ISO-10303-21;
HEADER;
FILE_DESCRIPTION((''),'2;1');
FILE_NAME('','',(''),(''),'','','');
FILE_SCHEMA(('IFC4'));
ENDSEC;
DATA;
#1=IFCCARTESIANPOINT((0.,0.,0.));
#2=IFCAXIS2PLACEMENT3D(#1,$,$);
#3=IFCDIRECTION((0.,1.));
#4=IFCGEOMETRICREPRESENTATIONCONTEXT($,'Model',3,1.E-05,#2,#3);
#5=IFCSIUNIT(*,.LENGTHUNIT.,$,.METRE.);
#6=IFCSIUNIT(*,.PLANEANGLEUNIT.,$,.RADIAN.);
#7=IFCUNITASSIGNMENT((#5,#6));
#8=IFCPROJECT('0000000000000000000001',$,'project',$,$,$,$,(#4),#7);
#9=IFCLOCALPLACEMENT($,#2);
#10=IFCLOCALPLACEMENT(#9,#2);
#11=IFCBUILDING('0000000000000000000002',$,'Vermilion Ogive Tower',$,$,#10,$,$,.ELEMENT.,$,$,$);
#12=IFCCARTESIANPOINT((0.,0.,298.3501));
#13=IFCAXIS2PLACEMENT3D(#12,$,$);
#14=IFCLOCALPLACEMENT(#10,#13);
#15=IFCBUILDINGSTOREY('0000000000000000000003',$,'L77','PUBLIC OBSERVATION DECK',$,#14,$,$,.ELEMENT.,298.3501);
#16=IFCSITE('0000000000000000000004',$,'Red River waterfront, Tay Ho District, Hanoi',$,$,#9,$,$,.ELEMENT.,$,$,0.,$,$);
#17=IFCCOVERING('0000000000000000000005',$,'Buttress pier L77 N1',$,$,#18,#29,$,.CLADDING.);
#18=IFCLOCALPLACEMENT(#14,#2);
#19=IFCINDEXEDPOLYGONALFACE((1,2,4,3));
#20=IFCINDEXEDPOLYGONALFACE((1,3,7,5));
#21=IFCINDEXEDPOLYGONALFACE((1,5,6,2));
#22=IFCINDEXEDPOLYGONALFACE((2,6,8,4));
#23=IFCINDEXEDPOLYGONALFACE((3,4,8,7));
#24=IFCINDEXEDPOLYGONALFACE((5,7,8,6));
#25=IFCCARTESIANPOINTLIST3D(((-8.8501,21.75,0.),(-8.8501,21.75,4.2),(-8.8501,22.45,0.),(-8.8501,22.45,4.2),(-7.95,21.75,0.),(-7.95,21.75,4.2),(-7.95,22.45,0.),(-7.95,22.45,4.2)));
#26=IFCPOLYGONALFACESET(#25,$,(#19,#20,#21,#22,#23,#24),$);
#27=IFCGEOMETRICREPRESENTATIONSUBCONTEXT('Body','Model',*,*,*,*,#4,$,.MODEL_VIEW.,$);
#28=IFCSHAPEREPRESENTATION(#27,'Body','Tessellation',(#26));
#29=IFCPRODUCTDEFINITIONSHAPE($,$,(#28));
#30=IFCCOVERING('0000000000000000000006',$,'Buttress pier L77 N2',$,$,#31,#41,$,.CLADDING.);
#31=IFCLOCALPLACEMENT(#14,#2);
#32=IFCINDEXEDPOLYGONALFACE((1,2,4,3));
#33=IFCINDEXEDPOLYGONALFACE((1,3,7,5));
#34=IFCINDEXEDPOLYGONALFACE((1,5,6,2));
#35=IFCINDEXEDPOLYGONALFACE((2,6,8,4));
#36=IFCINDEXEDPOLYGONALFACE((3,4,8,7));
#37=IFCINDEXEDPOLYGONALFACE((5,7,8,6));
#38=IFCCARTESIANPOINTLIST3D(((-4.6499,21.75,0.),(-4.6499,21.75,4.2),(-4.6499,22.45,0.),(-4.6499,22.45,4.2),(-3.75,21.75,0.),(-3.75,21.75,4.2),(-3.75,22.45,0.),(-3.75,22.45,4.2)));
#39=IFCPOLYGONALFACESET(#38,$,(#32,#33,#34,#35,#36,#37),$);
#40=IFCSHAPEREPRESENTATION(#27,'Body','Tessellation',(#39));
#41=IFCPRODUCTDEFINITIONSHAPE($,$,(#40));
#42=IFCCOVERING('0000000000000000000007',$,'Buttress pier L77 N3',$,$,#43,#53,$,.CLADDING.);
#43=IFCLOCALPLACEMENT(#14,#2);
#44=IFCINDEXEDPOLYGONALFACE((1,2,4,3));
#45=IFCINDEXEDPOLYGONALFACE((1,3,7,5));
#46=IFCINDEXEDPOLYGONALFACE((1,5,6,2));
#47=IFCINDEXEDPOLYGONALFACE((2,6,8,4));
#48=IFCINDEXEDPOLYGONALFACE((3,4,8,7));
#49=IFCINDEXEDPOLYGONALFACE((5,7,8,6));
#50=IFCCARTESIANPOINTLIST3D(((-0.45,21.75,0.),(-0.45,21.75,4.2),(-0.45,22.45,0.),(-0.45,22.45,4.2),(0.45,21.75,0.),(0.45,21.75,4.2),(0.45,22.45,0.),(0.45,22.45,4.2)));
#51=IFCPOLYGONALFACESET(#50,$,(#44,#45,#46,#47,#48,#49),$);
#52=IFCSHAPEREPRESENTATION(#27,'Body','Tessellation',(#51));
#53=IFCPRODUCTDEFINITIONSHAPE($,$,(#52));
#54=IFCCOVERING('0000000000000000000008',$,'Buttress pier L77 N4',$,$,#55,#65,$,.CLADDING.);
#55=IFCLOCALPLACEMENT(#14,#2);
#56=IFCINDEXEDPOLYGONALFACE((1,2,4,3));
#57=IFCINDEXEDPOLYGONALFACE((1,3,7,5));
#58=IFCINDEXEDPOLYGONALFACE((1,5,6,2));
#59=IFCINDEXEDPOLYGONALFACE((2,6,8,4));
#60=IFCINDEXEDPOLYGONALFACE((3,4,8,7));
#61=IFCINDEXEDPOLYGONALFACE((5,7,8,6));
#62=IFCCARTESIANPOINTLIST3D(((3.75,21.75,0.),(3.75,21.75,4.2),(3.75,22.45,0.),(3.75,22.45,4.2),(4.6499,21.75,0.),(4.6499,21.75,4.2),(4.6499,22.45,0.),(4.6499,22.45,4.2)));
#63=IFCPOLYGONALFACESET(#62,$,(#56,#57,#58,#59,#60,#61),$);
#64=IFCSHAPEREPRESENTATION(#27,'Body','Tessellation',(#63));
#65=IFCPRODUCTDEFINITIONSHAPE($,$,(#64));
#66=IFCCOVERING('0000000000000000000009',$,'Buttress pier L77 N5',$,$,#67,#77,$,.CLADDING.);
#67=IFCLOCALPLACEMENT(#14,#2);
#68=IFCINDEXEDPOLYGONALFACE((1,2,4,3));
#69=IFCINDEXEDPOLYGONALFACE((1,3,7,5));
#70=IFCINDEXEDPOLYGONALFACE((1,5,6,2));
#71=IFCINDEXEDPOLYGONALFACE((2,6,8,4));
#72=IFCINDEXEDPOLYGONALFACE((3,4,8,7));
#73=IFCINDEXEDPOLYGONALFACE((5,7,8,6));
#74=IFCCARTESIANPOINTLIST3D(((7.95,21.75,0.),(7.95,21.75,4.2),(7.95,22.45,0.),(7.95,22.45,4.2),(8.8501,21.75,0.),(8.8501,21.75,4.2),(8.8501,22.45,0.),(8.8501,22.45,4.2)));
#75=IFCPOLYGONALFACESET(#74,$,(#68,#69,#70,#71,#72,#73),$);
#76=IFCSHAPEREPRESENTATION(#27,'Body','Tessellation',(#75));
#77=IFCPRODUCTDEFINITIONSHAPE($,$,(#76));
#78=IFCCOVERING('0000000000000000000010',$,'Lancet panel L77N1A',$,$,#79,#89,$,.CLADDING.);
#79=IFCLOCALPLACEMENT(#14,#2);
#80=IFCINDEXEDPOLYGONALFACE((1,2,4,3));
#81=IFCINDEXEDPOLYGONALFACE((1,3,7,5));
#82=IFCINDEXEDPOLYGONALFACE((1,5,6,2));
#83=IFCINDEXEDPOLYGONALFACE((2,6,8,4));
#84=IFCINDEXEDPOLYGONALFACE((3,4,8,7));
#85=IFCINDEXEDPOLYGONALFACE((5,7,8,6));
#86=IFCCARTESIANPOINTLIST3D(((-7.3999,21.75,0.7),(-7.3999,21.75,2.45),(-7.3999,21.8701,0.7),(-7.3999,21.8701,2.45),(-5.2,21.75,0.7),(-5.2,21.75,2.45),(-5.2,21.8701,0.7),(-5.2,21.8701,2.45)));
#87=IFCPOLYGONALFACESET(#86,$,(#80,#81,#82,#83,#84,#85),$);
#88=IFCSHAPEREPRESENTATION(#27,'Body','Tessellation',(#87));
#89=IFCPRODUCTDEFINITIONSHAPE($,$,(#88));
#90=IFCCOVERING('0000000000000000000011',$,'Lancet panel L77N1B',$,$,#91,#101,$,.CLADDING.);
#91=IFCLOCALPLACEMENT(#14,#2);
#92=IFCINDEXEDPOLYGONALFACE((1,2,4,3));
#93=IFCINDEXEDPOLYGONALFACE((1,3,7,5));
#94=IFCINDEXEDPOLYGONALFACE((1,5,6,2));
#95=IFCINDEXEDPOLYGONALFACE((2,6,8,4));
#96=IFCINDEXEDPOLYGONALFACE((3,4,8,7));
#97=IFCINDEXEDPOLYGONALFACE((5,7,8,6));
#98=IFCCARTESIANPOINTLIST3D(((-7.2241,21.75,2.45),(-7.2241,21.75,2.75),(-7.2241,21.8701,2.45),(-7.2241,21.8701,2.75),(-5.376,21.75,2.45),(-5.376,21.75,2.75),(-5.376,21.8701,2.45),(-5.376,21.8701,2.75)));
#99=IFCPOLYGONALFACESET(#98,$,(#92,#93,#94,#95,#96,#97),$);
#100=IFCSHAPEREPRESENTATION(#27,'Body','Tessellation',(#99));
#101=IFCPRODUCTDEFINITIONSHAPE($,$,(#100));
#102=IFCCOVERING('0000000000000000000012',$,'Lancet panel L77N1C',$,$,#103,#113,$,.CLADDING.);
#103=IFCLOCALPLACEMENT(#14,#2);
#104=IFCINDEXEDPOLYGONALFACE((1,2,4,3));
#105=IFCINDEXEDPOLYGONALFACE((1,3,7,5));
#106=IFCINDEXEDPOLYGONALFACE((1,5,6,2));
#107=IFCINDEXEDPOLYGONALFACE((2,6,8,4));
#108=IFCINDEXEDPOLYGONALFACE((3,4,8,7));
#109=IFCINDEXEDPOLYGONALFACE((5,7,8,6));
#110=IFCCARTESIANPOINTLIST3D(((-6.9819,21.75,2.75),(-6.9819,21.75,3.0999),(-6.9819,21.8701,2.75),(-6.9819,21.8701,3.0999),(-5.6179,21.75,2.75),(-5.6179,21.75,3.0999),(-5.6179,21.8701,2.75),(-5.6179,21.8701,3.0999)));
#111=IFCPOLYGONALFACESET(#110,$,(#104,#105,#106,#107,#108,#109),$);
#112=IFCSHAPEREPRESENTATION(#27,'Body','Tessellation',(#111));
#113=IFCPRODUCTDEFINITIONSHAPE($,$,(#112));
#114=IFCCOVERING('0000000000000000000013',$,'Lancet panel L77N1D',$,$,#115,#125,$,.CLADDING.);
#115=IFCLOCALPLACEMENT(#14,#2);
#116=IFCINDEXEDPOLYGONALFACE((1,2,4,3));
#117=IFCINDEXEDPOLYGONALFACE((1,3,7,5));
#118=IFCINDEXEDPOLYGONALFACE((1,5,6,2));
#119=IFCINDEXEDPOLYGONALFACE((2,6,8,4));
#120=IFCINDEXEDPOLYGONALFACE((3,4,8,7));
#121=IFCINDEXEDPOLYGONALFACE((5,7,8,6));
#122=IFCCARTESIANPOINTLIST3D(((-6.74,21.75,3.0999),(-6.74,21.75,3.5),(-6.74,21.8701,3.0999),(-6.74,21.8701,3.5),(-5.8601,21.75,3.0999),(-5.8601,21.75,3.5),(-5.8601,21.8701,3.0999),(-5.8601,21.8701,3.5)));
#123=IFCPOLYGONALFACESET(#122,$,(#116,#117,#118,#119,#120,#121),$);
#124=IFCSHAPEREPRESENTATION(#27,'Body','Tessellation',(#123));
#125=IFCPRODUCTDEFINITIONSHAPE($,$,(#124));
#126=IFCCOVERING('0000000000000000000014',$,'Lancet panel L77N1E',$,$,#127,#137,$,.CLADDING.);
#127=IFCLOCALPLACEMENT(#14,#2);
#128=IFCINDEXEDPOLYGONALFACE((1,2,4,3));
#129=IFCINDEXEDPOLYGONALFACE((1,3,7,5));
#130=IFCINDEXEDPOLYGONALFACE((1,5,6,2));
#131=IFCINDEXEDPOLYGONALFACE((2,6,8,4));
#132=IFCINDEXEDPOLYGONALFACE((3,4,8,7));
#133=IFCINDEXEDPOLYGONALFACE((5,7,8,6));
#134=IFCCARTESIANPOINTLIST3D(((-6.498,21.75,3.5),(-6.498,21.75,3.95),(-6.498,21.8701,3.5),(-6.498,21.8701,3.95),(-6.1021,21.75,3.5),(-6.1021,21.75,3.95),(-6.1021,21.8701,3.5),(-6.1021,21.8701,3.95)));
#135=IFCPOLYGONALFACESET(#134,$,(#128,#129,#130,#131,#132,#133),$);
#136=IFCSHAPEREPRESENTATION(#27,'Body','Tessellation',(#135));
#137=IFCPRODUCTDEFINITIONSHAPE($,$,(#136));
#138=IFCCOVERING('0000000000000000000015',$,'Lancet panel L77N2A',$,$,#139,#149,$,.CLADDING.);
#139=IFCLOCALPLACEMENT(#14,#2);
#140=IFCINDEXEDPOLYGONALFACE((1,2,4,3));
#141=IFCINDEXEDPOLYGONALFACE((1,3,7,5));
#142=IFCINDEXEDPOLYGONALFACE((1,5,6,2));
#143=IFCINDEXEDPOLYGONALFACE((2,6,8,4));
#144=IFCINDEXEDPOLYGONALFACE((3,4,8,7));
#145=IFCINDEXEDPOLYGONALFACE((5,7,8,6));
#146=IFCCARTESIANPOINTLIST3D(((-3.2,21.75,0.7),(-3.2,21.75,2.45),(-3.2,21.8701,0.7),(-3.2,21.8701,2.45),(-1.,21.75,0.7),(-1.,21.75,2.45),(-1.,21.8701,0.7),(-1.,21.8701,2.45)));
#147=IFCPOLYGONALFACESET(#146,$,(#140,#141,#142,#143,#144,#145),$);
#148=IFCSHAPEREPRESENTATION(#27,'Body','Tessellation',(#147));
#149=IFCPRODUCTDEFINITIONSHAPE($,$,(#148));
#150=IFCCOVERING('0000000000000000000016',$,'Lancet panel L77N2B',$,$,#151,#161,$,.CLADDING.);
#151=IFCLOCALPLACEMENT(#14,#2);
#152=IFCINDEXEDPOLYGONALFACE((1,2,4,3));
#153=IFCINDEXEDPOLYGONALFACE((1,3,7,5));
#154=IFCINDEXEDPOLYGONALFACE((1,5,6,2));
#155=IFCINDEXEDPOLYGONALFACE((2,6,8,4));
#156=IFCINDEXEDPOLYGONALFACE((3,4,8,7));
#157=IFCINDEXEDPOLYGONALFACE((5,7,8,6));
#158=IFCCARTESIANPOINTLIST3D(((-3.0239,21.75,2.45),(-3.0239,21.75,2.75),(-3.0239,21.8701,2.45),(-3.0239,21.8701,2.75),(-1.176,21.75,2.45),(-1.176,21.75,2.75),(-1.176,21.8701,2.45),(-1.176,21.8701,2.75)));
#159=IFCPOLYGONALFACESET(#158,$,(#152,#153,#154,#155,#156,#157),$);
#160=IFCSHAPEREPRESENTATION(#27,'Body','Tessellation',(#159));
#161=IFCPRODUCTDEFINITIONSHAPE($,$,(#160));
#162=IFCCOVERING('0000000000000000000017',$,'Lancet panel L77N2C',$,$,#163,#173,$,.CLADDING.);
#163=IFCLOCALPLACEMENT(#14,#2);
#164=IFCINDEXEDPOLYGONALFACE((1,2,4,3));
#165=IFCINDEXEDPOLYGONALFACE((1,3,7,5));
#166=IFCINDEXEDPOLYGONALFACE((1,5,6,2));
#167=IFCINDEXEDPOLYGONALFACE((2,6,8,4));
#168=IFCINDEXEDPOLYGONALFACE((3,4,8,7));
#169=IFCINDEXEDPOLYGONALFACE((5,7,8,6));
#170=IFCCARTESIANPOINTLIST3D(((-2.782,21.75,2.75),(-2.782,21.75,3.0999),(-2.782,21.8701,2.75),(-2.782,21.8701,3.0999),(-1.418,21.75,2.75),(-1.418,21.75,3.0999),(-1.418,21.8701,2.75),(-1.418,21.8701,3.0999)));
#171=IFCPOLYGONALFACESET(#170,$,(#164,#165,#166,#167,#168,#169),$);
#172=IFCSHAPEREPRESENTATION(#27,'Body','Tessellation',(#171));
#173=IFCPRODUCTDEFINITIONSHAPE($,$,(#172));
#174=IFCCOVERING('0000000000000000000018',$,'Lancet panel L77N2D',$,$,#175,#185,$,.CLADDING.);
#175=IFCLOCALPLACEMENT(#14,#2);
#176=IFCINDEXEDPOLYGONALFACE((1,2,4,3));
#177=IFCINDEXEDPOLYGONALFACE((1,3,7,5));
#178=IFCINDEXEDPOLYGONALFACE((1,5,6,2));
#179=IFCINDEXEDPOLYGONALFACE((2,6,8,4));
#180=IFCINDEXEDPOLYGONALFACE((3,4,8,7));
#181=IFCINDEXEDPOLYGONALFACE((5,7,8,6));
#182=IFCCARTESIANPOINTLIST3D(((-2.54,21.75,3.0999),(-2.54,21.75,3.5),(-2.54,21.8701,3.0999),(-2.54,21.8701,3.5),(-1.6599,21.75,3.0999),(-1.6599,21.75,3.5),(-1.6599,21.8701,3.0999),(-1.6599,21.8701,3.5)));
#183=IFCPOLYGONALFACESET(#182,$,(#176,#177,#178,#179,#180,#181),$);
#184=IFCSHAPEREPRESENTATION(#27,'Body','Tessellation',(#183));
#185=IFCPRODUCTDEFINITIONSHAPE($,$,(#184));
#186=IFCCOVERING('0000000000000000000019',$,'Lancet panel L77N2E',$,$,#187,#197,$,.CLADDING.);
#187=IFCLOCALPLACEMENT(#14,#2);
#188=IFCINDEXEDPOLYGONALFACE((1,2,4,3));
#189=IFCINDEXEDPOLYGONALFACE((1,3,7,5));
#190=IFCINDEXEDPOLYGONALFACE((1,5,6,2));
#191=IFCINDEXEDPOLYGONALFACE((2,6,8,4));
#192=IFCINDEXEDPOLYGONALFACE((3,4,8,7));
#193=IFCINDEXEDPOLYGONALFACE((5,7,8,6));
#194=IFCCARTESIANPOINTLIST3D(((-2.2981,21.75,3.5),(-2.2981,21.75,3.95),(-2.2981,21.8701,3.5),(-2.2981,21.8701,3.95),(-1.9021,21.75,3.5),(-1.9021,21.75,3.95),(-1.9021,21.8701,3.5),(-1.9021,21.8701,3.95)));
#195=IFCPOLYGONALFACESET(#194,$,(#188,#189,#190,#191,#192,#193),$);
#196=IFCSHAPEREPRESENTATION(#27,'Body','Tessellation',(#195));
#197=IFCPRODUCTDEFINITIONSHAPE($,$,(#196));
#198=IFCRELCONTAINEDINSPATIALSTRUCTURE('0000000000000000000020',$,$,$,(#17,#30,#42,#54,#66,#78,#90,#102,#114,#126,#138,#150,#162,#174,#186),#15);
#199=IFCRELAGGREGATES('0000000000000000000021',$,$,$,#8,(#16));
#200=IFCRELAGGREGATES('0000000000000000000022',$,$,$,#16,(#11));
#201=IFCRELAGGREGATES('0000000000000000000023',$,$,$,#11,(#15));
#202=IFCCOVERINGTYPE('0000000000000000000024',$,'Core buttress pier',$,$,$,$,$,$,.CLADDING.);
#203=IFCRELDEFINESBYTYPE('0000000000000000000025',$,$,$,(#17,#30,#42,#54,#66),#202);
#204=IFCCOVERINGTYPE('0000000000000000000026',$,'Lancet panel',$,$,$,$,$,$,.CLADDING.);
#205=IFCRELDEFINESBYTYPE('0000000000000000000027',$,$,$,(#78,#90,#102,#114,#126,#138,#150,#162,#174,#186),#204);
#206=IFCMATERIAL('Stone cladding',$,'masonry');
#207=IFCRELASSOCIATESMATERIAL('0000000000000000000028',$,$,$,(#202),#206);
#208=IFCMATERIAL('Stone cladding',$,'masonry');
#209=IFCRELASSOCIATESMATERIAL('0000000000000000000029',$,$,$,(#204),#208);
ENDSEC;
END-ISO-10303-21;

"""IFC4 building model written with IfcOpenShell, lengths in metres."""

from ifc_helpers import new_model, si_unit, direction, frame, origin, place, context, subcontext, project, spatial, polyline, outline, extrude, material, type_object, element, save


model = new_model("IFC4")

# Units and contexts
model_context = context("Model", 3, precision=1e-05, world=origin(), true_north=direction((0.0, 1.0)))
body_context = subcontext(model_context, "Body", "Model", "MODEL_VIEW")
ifc_project = project(units=[si_unit("LENGTHUNIT", "METRE"), si_unit("PLANEANGLEUNIT", "RADIAN")], contexts=[model_context])

# Site, building, storey
site_placement = place(None, origin())
site = spatial("IfcSite", under=ifc_project, at=site_placement, Name="Red River waterfront, Tay Ho District, Hanoi", CompositionType="ELEMENT", RefElevation=0.0)
building_placement = place(site_placement, origin())
building = spatial("IfcBuilding", under=site, at=building_placement, Name="Vermilion Ogive Tower", CompositionType="ELEMENT")
storey_placement = place(building_placement, frame((0.0, 0.0, 298.3501)))
storey = spatial("IfcBuildingStorey", under=building, at=storey_placement, Name="L77", Description="PUBLIC OBSERVATION DECK", CompositionType="ELEMENT", Elevation=298.3501)

# Coverings
ifc_material_1 = material(Name="Stone cladding", Category="masonry")
covering_type_1 = type_object("IfcCoveringType", Name="Core buttress pier", PredefinedType="CLADDING", material=ifc_material_1)
covering_1_placement = place(storey_placement, origin())
element("IfcCovering", 1, at=covering_1_placement, inside=storey, type_object=covering_type_1, Name="Buttress pier L77 N1", PredefinedType="CLADDING", context=body_context, shape_type="SweptSolid", body=[
    extrude(outline(polyline([(-8.8501, 21.75), (-7.95, 21.75), (-7.95, 22.45), (-8.8501, 22.45), (-8.8501, 21.75)])), origin(), (0.0, 0.0, 1.0), 4.2),
])
covering_2_placement = place(storey_placement, origin())
element("IfcCovering", 2, at=covering_2_placement, inside=storey, type_object=covering_type_1, Name="Buttress pier L77 N2", PredefinedType="CLADDING", context=body_context, shape_type="SweptSolid", body=[
    extrude(outline(polyline([(-4.6499, 21.75), (-3.75, 21.75), (-3.75, 22.45), (-4.6499, 22.45), (-4.6499, 21.75)])), origin(), (0.0, 0.0, 1.0), 4.2),
])
covering_3_placement = place(storey_placement, origin())
element("IfcCovering", 3, at=covering_3_placement, inside=storey, type_object=covering_type_1, Name="Buttress pier L77 N3", PredefinedType="CLADDING", context=body_context, shape_type="SweptSolid", body=[
    extrude(outline(polyline([(-0.45, 21.75), (0.45, 21.75), (0.45, 22.45), (-0.45, 22.45), (-0.45, 21.75)])), origin(), (0.0, 0.0, 1.0), 4.2),
])
covering_4_placement = place(storey_placement, origin())
element("IfcCovering", 4, at=covering_4_placement, inside=storey, type_object=covering_type_1, Name="Buttress pier L77 N4", PredefinedType="CLADDING", context=body_context, shape_type="SweptSolid", body=[
    extrude(outline(polyline([(3.75, 21.75), (4.6499, 21.75), (4.6499, 22.45), (3.75, 22.45), (3.75, 21.75)])), origin(), (0.0, 0.0, 1.0), 4.2),
])
covering_5_placement = place(storey_placement, origin())
element("IfcCovering", 5, at=covering_5_placement, inside=storey, type_object=covering_type_1, Name="Buttress pier L77 N5", PredefinedType="CLADDING", context=body_context, shape_type="SweptSolid", body=[
    extrude(outline(polyline([(7.95, 21.75), (8.8501, 21.75), (8.8501, 22.45), (7.95, 22.45), (7.95, 21.75)])), origin(), (0.0, 0.0, 1.0), 4.2),
])
ifc_material_2 = material(Name="Stone cladding", Category="masonry")
covering_type_2 = type_object("IfcCoveringType", Name="Lancet panel", PredefinedType="CLADDING", material=ifc_material_2)
covering_6_placement = place(storey_placement, frame((0.0, 0.0, 0.7)))
element("IfcCovering", 6, at=covering_6_placement, inside=storey, type_object=covering_type_2, Name="Lancet panel L77N1A", PredefinedType="CLADDING", context=body_context, shape_type="SweptSolid", body=[
    extrude(outline(polyline([(-7.3999, 21.75), (-5.2, 21.75), (-5.2, 21.8701), (-7.3999, 21.8701), (-7.3999, 21.75)])), origin(), (0.0, 0.0, 1.0), 1.75),
])
covering_7_placement = place(storey_placement, frame((0.0, 0.0, 2.45)))
element("IfcCovering", 7, at=covering_7_placement, inside=storey, type_object=covering_type_2, Name="Lancet panel L77N1B", PredefinedType="CLADDING", context=body_context, shape_type="SweptSolid", body=[
    extrude(outline(polyline([(-7.2241, 21.75), (-5.376, 21.75), (-5.376, 21.8701), (-7.2241, 21.8701), (-7.2241, 21.75)])), origin(), (0.0, 0.0, 1.0), 0.3),
])
covering_8_placement = place(storey_placement, frame((0.0, 0.0, 2.75)))
element("IfcCovering", 8, at=covering_8_placement, inside=storey, type_object=covering_type_2, Name="Lancet panel L77N1C", PredefinedType="CLADDING", context=body_context, shape_type="SweptSolid", body=[
    extrude(outline(polyline([(-6.9819, 21.75), (-5.6179, 21.75), (-5.6179, 21.8701), (-6.9819, 21.8701), (-6.9819, 21.75)])), origin(), (0.0, 0.0, 1.0), 0.3499),
])
covering_9_placement = place(storey_placement, frame((0.0, 0.0, 3.0999)))
element("IfcCovering", 9, at=covering_9_placement, inside=storey, type_object=covering_type_2, Name="Lancet panel L77N1D", PredefinedType="CLADDING", context=body_context, shape_type="SweptSolid", body=[
    extrude(outline(polyline([(-6.74, 21.75), (-5.8601, 21.75), (-5.8601, 21.8701), (-6.74, 21.8701), (-6.74, 21.75)])), origin(), (0.0, 0.0, 1.0), 0.4001),
])
covering_10_placement = place(storey_placement, frame((0.0, 0.0, 3.5)))
element("IfcCovering", 10, at=covering_10_placement, inside=storey, type_object=covering_type_2, Name="Lancet panel L77N1E", PredefinedType="CLADDING", context=body_context, shape_type="SweptSolid", body=[
    extrude(outline(polyline([(-6.498, 21.75), (-6.1021, 21.75), (-6.1021, 21.8701), (-6.498, 21.8701), (-6.498, 21.75)])), origin(), (0.0, 0.0, 1.0), 0.45),
])
covering_11_placement = place(storey_placement, frame((0.0, 0.0, 0.7)))
element("IfcCovering", 11, at=covering_11_placement, inside=storey, type_object=covering_type_2, Name="Lancet panel L77N2A", PredefinedType="CLADDING", context=body_context, shape_type="SweptSolid", body=[
    extrude(outline(polyline([(-3.2, 21.75), (-1.0, 21.75), (-1.0, 21.8701), (-3.2, 21.8701), (-3.2, 21.75)])), origin(), (0.0, 0.0, 1.0), 1.75),
])
covering_12_placement = place(storey_placement, frame((0.0, 0.0, 2.45)))
element("IfcCovering", 12, at=covering_12_placement, inside=storey, type_object=covering_type_2, Name="Lancet panel L77N2B", PredefinedType="CLADDING", context=body_context, shape_type="SweptSolid", body=[
    extrude(outline(polyline([(-3.0239, 21.75), (-1.176, 21.75), (-1.176, 21.8701), (-3.0239, 21.8701), (-3.0239, 21.75)])), origin(), (0.0, 0.0, 1.0), 0.3),
])
covering_13_placement = place(storey_placement, frame((0.0, 0.0, 2.75)))
element("IfcCovering", 13, at=covering_13_placement, inside=storey, type_object=covering_type_2, Name="Lancet panel L77N2C", PredefinedType="CLADDING", context=body_context, shape_type="SweptSolid", body=[
    extrude(outline(polyline([(-2.782, 21.75), (-1.418, 21.75), (-1.418, 21.8701), (-2.782, 21.8701), (-2.782, 21.75)])), origin(), (0.0, 0.0, 1.0), 0.3499),
])
covering_14_placement = place(storey_placement, frame((0.0, 0.0, 3.0999)))
element("IfcCovering", 14, at=covering_14_placement, inside=storey, type_object=covering_type_2, Name="Lancet panel L77N2D", PredefinedType="CLADDING", context=body_context, shape_type="SweptSolid", body=[
    extrude(outline(polyline([(-2.54, 21.75), (-1.6599, 21.75), (-1.6599, 21.8701), (-2.54, 21.8701), (-2.54, 21.75)])), origin(), (0.0, 0.0, 1.0), 0.4001),
])
covering_15_placement = place(storey_placement, frame((0.0, 0.0, 3.5)))
element("IfcCovering", 15, at=covering_15_placement, inside=storey, type_object=covering_type_2, Name="Lancet panel L77N2E", PredefinedType="CLADDING", context=body_context, shape_type="SweptSolid", body=[
    extrude(outline(polyline([(-2.2981, 21.75), (-1.9021, 21.75), (-1.9021, 21.8701), (-2.2981, 21.8701), (-2.2981, 21.75)])), origin(), (0.0, 0.0, 1.0), 0.45),
])

save(model, "model.ifc")
